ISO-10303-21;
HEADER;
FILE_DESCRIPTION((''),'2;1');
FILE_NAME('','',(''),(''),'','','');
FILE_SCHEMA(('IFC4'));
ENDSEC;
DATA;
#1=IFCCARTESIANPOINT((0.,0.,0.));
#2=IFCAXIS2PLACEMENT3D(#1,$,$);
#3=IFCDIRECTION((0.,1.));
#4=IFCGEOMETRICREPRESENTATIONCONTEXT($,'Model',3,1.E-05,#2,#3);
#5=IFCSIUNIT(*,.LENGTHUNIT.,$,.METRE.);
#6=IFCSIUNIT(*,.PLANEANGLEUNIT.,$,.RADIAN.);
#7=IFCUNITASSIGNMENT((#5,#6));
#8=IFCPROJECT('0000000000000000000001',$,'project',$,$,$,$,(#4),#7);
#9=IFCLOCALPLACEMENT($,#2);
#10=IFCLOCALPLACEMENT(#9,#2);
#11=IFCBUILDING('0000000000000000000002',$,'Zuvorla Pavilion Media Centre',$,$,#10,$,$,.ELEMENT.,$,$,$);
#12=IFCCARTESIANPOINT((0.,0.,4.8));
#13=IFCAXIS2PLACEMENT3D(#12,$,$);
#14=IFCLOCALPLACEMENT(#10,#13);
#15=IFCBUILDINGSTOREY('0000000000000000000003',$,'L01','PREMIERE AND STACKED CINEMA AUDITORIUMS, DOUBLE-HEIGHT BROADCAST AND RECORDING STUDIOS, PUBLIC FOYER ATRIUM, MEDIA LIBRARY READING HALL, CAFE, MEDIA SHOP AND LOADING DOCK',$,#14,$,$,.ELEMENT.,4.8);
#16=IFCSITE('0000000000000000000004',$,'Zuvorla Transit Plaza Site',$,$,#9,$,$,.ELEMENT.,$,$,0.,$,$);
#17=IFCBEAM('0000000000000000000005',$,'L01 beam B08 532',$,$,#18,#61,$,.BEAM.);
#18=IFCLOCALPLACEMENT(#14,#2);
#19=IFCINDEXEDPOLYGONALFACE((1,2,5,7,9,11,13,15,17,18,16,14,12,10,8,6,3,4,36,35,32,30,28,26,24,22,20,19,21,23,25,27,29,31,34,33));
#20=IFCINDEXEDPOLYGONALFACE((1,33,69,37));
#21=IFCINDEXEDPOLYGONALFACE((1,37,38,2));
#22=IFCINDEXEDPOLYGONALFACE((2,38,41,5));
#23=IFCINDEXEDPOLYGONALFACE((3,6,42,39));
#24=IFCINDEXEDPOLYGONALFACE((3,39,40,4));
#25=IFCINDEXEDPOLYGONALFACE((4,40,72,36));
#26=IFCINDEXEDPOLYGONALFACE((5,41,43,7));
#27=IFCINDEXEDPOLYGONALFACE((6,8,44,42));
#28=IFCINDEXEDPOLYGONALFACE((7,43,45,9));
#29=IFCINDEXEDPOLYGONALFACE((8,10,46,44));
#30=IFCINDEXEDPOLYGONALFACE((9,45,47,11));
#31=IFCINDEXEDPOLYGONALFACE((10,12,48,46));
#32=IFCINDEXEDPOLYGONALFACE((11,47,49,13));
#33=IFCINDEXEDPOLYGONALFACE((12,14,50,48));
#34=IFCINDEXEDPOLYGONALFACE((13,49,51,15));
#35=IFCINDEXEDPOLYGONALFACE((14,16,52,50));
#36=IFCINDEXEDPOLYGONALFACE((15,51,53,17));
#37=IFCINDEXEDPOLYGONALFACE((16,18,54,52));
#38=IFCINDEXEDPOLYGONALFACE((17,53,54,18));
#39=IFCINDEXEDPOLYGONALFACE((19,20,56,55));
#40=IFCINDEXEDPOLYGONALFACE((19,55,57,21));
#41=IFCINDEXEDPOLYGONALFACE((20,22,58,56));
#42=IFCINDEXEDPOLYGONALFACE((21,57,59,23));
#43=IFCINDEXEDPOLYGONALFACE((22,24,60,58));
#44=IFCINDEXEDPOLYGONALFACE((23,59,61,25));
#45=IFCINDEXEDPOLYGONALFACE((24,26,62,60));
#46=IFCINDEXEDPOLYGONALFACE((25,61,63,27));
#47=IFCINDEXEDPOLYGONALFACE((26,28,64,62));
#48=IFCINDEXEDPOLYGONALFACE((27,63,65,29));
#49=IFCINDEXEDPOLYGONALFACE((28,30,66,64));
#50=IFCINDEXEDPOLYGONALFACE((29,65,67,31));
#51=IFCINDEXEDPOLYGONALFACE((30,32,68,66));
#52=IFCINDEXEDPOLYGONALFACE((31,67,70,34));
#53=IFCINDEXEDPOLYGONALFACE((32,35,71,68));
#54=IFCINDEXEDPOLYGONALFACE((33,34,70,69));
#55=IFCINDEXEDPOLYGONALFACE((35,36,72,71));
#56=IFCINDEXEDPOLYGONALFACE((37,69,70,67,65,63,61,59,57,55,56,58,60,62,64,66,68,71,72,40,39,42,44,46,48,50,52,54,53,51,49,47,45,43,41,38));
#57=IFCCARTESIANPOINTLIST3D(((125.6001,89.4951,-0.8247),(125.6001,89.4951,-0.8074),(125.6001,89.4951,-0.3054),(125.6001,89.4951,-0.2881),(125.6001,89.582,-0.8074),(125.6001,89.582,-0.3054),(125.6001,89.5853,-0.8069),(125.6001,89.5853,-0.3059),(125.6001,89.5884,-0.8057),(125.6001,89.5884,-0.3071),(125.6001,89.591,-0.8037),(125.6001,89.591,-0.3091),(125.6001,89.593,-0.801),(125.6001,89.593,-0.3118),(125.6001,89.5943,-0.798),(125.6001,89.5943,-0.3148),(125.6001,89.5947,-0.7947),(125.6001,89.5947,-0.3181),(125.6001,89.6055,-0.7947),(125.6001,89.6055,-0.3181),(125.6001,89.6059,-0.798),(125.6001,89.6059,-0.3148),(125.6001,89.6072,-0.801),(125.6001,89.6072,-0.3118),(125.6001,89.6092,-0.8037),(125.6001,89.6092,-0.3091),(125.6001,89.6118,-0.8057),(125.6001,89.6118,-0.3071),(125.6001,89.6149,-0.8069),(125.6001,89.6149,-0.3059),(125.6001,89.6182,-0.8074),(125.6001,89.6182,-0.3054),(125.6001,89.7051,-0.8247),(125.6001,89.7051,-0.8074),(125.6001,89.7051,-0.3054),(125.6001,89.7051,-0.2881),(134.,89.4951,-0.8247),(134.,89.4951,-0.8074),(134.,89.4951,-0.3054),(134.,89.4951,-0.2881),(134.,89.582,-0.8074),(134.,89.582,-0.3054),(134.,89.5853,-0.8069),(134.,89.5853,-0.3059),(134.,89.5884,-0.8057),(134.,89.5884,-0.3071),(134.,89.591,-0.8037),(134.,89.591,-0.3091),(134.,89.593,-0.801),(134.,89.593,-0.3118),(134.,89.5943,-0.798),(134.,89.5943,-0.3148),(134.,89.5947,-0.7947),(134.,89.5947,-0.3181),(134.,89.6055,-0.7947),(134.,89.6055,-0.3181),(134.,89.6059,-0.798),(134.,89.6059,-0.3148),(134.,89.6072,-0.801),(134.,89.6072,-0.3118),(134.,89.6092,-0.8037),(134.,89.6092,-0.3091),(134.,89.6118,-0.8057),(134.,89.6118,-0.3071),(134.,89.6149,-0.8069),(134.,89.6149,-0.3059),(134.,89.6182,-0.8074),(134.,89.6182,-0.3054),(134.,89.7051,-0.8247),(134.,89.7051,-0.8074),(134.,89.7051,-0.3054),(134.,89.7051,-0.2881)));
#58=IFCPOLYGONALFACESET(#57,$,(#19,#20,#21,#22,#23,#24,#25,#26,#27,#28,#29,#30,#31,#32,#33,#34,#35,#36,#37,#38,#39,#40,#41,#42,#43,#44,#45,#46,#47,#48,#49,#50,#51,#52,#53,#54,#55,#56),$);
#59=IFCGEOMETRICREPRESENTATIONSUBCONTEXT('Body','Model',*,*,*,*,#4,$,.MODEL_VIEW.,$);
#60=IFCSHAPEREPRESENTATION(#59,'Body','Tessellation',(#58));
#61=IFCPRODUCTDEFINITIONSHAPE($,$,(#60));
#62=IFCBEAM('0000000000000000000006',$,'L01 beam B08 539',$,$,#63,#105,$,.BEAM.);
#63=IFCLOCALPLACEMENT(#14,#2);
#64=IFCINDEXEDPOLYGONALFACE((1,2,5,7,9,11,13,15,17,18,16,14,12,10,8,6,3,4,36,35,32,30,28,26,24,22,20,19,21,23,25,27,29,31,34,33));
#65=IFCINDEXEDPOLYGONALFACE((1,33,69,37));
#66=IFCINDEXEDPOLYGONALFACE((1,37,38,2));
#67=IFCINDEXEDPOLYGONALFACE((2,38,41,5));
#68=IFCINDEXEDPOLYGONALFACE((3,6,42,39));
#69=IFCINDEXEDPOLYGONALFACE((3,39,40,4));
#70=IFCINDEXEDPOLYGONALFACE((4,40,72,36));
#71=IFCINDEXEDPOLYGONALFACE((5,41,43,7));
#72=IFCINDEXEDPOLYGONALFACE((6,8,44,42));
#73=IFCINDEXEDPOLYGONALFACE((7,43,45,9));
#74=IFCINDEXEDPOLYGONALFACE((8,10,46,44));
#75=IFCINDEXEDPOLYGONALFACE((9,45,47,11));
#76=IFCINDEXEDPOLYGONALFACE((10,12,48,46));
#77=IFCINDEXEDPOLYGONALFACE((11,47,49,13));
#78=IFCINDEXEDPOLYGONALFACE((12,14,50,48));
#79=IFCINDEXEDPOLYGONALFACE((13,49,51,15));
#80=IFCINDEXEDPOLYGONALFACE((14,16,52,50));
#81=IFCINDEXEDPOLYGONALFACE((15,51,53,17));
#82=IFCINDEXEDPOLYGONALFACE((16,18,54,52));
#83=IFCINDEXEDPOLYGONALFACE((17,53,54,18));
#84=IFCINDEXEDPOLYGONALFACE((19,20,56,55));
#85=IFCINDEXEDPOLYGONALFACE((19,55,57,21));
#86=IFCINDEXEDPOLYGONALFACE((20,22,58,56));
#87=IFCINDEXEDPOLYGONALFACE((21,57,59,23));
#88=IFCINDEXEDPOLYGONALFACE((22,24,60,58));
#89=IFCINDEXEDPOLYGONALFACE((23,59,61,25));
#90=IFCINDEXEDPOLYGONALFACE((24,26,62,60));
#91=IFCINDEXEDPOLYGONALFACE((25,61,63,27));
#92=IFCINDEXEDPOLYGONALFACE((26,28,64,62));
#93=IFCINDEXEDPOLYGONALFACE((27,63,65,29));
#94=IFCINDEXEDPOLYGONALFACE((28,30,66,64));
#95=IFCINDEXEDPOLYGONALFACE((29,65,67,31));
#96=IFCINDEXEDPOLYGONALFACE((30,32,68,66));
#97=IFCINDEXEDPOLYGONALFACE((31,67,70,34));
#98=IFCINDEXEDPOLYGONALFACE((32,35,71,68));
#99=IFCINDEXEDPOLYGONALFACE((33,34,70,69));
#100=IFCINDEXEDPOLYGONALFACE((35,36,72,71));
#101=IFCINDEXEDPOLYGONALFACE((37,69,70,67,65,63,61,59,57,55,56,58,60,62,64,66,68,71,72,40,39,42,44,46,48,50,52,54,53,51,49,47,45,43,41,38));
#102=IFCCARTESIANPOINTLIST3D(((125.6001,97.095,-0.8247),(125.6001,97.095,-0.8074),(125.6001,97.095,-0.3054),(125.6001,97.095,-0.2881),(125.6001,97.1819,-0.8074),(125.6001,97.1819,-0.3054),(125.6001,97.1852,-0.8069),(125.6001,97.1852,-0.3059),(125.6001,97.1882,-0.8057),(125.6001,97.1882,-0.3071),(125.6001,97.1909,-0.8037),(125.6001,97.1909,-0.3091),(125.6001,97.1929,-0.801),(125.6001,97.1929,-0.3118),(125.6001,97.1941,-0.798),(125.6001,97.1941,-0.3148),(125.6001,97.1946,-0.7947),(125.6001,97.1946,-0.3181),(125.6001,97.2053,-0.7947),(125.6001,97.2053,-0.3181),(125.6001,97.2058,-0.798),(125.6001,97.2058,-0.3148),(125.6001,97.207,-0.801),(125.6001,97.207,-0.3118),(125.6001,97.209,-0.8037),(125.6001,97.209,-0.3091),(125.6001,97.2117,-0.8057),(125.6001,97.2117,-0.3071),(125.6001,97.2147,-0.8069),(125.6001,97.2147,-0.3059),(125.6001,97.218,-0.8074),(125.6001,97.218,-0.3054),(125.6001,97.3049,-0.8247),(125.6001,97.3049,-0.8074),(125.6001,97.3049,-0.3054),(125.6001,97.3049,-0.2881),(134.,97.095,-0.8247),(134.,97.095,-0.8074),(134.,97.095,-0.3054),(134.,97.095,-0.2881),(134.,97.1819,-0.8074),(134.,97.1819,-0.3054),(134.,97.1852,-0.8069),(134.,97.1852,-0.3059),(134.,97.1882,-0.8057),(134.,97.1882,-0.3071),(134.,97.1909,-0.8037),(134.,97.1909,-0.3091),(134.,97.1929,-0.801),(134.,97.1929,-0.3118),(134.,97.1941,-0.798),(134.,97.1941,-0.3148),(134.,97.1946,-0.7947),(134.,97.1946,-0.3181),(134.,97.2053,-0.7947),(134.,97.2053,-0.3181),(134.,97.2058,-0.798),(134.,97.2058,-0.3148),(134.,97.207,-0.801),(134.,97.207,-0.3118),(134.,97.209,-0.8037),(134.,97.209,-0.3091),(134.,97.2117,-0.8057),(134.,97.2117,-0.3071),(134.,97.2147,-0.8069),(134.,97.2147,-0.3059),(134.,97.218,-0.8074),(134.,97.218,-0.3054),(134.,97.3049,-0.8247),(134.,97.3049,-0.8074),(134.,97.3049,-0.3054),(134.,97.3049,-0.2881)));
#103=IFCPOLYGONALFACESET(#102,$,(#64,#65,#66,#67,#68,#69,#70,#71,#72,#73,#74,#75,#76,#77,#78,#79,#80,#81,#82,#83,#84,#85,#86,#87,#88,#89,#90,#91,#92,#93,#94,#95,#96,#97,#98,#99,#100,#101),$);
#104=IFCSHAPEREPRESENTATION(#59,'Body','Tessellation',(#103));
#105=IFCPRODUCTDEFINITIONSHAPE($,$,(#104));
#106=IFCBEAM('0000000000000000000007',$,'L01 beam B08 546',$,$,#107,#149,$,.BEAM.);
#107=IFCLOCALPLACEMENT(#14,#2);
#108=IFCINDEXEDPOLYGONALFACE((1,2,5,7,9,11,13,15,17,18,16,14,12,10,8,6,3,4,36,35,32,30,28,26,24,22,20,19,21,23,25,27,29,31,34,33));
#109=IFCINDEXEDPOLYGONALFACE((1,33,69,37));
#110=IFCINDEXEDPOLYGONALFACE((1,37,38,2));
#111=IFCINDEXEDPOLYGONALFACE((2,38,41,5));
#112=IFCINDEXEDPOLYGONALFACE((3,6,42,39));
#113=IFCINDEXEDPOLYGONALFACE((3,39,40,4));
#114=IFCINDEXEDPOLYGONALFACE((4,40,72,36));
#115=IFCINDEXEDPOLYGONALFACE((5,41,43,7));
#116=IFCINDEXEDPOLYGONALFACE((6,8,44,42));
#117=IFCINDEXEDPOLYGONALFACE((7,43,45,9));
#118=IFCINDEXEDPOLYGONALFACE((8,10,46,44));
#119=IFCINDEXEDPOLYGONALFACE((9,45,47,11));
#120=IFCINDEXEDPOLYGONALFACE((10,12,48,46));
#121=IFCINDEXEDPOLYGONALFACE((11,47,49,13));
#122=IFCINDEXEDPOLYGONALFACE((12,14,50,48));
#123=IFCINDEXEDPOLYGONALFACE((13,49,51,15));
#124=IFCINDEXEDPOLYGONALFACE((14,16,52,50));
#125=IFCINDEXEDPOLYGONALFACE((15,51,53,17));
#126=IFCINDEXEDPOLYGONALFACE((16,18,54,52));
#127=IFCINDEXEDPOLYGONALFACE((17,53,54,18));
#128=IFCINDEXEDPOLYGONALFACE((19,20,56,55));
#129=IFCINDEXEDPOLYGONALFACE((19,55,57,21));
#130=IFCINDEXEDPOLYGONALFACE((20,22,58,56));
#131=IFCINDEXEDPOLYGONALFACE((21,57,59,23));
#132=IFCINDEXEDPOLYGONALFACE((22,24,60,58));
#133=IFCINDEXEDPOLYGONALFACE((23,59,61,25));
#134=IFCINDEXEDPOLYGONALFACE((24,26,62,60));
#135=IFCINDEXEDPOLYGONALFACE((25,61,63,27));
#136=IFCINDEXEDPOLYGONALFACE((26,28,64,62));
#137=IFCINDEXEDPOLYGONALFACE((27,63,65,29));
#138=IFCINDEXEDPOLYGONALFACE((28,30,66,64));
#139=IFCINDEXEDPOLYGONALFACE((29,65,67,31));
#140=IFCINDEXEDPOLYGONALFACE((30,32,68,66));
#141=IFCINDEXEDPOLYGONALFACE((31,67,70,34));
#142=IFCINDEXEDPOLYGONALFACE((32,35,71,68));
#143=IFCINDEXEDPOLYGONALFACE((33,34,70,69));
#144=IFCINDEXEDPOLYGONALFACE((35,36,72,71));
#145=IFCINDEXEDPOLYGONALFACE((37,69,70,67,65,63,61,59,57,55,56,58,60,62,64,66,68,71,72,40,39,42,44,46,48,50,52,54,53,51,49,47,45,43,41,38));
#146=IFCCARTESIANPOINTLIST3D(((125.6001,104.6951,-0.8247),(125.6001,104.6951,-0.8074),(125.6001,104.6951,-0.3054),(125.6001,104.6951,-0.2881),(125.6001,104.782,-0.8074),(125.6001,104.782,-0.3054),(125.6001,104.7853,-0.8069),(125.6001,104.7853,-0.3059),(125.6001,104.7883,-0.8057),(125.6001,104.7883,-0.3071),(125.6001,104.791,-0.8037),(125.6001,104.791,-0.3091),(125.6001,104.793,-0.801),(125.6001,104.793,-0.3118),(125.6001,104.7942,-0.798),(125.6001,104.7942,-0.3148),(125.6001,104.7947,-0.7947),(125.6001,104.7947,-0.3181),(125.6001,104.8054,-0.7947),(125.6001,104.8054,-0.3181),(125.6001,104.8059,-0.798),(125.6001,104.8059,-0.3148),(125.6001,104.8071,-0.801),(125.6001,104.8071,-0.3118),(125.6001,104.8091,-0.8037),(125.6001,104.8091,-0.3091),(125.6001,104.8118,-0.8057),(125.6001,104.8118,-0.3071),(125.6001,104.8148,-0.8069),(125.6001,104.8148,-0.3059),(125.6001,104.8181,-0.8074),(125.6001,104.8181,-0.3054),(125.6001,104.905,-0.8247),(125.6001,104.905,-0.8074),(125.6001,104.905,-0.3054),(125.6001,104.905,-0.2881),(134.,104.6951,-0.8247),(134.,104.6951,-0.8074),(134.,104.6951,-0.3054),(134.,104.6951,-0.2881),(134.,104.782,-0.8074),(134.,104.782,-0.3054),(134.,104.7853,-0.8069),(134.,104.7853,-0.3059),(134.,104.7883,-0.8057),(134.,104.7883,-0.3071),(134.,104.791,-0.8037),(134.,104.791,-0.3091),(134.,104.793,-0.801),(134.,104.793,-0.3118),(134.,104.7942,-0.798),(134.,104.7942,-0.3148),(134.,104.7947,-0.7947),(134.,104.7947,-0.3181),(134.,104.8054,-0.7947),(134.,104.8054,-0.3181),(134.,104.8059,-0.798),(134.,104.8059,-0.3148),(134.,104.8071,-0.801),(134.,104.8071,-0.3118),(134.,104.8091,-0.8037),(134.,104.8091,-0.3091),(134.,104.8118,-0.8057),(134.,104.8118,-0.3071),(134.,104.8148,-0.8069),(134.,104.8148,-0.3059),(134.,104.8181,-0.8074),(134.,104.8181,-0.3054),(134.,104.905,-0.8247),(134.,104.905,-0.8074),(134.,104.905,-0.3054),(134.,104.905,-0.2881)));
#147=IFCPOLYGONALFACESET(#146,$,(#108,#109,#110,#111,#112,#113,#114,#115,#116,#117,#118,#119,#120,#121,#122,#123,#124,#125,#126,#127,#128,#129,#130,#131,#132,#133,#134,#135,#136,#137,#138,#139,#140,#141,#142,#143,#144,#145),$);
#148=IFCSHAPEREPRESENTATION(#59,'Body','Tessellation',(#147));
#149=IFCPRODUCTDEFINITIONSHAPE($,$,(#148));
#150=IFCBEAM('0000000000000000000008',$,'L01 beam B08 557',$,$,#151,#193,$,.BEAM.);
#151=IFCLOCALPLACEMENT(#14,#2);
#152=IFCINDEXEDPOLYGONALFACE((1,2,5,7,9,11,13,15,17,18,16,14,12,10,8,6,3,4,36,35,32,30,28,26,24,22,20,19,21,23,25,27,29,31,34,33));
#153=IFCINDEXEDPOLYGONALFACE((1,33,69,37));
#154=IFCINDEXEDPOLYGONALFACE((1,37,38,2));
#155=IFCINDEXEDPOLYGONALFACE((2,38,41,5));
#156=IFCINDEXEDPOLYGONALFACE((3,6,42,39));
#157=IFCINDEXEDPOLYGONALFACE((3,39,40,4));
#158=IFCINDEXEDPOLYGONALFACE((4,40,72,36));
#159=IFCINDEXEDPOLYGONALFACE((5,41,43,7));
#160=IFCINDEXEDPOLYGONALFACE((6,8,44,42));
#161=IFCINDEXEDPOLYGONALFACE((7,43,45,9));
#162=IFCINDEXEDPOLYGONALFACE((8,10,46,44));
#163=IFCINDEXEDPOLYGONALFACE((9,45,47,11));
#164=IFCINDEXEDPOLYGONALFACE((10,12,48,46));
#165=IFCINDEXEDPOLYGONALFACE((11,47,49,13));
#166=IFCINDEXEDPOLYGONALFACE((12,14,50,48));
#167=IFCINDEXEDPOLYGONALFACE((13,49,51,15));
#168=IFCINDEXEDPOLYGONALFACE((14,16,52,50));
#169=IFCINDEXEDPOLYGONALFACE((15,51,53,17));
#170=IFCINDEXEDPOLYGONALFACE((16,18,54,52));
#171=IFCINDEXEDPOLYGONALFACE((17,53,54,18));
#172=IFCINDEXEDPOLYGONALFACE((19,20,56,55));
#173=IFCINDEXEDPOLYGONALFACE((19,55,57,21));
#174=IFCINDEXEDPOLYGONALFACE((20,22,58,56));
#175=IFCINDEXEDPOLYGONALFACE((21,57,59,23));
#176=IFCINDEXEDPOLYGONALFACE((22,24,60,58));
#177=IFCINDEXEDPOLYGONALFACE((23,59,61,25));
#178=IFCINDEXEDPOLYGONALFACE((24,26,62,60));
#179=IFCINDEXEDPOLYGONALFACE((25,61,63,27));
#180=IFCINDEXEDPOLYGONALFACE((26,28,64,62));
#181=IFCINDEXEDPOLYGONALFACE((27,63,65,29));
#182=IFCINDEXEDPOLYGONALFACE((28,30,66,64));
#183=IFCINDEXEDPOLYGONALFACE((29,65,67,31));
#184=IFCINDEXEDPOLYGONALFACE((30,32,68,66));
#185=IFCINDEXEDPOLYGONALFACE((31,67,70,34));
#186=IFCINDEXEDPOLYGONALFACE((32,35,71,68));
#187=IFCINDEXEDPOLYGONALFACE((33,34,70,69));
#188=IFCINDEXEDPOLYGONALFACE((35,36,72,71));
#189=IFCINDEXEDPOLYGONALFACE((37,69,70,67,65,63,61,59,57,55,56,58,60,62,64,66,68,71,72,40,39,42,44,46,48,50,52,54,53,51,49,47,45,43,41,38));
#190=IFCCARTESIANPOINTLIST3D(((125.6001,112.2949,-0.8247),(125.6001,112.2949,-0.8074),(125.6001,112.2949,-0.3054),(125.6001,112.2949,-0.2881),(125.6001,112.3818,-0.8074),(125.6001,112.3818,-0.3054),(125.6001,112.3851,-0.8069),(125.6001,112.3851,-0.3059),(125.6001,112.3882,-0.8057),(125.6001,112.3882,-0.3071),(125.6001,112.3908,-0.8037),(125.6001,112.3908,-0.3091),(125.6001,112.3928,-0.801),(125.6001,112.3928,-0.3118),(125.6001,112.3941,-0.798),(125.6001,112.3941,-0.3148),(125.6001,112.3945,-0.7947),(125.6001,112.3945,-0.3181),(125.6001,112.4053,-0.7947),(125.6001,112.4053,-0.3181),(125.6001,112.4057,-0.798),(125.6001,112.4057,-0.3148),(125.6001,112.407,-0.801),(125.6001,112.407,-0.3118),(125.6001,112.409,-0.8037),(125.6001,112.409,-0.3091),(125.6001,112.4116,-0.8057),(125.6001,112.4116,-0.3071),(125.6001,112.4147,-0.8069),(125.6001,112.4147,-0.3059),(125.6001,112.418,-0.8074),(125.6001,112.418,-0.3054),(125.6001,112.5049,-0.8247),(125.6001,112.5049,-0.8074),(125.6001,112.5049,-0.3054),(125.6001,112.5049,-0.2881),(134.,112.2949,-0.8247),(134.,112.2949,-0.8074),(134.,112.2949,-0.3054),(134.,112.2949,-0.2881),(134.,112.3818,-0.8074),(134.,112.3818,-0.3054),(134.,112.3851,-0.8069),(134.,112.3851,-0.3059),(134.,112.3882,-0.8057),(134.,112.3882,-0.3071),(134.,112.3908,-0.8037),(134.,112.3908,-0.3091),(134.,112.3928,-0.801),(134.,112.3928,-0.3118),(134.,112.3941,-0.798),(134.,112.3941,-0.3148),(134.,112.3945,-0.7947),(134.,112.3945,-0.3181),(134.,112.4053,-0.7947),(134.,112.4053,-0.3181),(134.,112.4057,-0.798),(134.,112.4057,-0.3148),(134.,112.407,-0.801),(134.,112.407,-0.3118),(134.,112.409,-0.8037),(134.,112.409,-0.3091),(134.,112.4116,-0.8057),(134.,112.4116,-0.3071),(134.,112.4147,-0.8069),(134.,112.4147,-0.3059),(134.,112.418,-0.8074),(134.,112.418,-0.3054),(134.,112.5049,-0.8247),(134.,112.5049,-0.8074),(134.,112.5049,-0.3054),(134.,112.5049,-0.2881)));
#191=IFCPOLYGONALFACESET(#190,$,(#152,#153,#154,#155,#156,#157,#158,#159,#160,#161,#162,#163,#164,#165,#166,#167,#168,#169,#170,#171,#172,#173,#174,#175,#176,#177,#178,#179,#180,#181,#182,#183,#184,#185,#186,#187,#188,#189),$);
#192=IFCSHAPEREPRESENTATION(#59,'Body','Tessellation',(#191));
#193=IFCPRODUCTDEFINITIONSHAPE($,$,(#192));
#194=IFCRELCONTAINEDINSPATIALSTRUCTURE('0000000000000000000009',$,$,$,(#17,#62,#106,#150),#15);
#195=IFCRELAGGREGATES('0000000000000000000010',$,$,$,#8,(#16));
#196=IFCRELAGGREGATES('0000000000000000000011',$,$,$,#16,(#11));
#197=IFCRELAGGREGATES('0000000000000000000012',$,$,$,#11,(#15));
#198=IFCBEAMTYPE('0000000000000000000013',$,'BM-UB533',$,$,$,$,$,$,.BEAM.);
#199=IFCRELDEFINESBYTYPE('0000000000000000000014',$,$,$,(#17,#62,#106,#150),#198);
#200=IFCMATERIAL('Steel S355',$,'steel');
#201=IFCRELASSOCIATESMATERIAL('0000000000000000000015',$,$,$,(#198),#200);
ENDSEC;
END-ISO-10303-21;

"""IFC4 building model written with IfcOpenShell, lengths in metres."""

from ifc_helpers import new_model, si_unit, direction, frame, origin, origin_2d, place, context, subcontext, project, spatial, i_section, extrude, material, material_profile, profile_set, type_object, element, save


model = new_model("IFC4")

# Units and contexts
model_context = context("Model", 3, precision=1e-05, world=origin(), true_north=direction((0.0, 1.0)))
body_context = subcontext(model_context, "Body", "Model", "MODEL_VIEW")
ifc_project = project(units=[si_unit("LENGTHUNIT", "METRE"), si_unit("PLANEANGLEUNIT", "RADIAN")], contexts=[model_context])

# Site, building, storey
site_placement = place(None, origin())
site = spatial("IfcSite", under=ifc_project, at=site_placement, Name="Zuvorla Transit Plaza Site", CompositionType="ELEMENT", RefElevation=0.0)
building_placement = place(site_placement, origin())
building = spatial("IfcBuilding", under=site, at=building_placement, Name="Zuvorla Pavilion Media Centre", CompositionType="ELEMENT")
storey_placement = place(building_placement, frame((0.0, 0.0, 4.8)))
storey = spatial("IfcBuildingStorey", under=building, at=storey_placement, Name="L01", Description="PREMIERE AND STACKED CINEMA AUDITORIUMS, DOUBLE-HEIGHT BROADCAST AND RECORDING STUDIOS, PUBLIC FOYER ATRIUM, MEDIA LIBRARY READING HALL, CAFE, MEDIA SHOP AND LOADING DOCK", CompositionType="ELEMENT", Elevation=4.8)

# Beams
ifc_material_1 = material(Name="Steel S355", Category="steel")
ifc_material_profile_1 = material_profile(ifc_material_1, i_section(OverallWidth=0.21, OverallDepth=0.5366, WebThickness=0.0107, FlangeThickness=0.0173, FilletRadius=0.0127, at=origin_2d()), Name="UB 533x210x101")
ifc_profile_set_1 = profile_set([ifc_material_profile_1], Name="Steel S355")
beam_type_1 = type_object("IfcBeamType", Name="BM-UB533", PredefinedType="BEAM", material=ifc_profile_set_1)
for number, where, z_axis, x_axis, name in (
    (1, (125.6001, 89.6001, -0.5564), (1.0, 0.0, 0.0), (0.0, 1.0, 0.0), "L01 beam B08 532"),
    (2, (125.6001, 97.2, -0.5564), (1.0, 0.0, 0.0), (0.0, 1.0, 0.0), "L01 beam B08 539"),
    (3, (125.6001, 104.8, -0.5564), (1.0, 0.0, 0.0), (0.0, 1.0, 0.0), "L01 beam B08 546"),
    (4, (125.6001, 112.3999, -0.5564), (1.0, 0.0, 0.0), (0.0, 1.0, 0.0), "L01 beam B08 557"),
):
    element("IfcBeam", number, at=place(storey_placement, frame(where, z_axis=z_axis, x_axis=x_axis)), inside=storey, type_object=beam_type_1, Name=name, PredefinedType="BEAM", context=body_context, shape_type="SweptSolid", body=[
        extrude(i_section(OverallWidth=0.21, OverallDepth=0.5366, WebThickness=0.0107, FlangeThickness=0.0173, FilletRadius=0.0127, at=origin_2d()), origin(), (0.0, 0.0, 1.0), 8.3999),
    ])

save(model, "model.ifc")
